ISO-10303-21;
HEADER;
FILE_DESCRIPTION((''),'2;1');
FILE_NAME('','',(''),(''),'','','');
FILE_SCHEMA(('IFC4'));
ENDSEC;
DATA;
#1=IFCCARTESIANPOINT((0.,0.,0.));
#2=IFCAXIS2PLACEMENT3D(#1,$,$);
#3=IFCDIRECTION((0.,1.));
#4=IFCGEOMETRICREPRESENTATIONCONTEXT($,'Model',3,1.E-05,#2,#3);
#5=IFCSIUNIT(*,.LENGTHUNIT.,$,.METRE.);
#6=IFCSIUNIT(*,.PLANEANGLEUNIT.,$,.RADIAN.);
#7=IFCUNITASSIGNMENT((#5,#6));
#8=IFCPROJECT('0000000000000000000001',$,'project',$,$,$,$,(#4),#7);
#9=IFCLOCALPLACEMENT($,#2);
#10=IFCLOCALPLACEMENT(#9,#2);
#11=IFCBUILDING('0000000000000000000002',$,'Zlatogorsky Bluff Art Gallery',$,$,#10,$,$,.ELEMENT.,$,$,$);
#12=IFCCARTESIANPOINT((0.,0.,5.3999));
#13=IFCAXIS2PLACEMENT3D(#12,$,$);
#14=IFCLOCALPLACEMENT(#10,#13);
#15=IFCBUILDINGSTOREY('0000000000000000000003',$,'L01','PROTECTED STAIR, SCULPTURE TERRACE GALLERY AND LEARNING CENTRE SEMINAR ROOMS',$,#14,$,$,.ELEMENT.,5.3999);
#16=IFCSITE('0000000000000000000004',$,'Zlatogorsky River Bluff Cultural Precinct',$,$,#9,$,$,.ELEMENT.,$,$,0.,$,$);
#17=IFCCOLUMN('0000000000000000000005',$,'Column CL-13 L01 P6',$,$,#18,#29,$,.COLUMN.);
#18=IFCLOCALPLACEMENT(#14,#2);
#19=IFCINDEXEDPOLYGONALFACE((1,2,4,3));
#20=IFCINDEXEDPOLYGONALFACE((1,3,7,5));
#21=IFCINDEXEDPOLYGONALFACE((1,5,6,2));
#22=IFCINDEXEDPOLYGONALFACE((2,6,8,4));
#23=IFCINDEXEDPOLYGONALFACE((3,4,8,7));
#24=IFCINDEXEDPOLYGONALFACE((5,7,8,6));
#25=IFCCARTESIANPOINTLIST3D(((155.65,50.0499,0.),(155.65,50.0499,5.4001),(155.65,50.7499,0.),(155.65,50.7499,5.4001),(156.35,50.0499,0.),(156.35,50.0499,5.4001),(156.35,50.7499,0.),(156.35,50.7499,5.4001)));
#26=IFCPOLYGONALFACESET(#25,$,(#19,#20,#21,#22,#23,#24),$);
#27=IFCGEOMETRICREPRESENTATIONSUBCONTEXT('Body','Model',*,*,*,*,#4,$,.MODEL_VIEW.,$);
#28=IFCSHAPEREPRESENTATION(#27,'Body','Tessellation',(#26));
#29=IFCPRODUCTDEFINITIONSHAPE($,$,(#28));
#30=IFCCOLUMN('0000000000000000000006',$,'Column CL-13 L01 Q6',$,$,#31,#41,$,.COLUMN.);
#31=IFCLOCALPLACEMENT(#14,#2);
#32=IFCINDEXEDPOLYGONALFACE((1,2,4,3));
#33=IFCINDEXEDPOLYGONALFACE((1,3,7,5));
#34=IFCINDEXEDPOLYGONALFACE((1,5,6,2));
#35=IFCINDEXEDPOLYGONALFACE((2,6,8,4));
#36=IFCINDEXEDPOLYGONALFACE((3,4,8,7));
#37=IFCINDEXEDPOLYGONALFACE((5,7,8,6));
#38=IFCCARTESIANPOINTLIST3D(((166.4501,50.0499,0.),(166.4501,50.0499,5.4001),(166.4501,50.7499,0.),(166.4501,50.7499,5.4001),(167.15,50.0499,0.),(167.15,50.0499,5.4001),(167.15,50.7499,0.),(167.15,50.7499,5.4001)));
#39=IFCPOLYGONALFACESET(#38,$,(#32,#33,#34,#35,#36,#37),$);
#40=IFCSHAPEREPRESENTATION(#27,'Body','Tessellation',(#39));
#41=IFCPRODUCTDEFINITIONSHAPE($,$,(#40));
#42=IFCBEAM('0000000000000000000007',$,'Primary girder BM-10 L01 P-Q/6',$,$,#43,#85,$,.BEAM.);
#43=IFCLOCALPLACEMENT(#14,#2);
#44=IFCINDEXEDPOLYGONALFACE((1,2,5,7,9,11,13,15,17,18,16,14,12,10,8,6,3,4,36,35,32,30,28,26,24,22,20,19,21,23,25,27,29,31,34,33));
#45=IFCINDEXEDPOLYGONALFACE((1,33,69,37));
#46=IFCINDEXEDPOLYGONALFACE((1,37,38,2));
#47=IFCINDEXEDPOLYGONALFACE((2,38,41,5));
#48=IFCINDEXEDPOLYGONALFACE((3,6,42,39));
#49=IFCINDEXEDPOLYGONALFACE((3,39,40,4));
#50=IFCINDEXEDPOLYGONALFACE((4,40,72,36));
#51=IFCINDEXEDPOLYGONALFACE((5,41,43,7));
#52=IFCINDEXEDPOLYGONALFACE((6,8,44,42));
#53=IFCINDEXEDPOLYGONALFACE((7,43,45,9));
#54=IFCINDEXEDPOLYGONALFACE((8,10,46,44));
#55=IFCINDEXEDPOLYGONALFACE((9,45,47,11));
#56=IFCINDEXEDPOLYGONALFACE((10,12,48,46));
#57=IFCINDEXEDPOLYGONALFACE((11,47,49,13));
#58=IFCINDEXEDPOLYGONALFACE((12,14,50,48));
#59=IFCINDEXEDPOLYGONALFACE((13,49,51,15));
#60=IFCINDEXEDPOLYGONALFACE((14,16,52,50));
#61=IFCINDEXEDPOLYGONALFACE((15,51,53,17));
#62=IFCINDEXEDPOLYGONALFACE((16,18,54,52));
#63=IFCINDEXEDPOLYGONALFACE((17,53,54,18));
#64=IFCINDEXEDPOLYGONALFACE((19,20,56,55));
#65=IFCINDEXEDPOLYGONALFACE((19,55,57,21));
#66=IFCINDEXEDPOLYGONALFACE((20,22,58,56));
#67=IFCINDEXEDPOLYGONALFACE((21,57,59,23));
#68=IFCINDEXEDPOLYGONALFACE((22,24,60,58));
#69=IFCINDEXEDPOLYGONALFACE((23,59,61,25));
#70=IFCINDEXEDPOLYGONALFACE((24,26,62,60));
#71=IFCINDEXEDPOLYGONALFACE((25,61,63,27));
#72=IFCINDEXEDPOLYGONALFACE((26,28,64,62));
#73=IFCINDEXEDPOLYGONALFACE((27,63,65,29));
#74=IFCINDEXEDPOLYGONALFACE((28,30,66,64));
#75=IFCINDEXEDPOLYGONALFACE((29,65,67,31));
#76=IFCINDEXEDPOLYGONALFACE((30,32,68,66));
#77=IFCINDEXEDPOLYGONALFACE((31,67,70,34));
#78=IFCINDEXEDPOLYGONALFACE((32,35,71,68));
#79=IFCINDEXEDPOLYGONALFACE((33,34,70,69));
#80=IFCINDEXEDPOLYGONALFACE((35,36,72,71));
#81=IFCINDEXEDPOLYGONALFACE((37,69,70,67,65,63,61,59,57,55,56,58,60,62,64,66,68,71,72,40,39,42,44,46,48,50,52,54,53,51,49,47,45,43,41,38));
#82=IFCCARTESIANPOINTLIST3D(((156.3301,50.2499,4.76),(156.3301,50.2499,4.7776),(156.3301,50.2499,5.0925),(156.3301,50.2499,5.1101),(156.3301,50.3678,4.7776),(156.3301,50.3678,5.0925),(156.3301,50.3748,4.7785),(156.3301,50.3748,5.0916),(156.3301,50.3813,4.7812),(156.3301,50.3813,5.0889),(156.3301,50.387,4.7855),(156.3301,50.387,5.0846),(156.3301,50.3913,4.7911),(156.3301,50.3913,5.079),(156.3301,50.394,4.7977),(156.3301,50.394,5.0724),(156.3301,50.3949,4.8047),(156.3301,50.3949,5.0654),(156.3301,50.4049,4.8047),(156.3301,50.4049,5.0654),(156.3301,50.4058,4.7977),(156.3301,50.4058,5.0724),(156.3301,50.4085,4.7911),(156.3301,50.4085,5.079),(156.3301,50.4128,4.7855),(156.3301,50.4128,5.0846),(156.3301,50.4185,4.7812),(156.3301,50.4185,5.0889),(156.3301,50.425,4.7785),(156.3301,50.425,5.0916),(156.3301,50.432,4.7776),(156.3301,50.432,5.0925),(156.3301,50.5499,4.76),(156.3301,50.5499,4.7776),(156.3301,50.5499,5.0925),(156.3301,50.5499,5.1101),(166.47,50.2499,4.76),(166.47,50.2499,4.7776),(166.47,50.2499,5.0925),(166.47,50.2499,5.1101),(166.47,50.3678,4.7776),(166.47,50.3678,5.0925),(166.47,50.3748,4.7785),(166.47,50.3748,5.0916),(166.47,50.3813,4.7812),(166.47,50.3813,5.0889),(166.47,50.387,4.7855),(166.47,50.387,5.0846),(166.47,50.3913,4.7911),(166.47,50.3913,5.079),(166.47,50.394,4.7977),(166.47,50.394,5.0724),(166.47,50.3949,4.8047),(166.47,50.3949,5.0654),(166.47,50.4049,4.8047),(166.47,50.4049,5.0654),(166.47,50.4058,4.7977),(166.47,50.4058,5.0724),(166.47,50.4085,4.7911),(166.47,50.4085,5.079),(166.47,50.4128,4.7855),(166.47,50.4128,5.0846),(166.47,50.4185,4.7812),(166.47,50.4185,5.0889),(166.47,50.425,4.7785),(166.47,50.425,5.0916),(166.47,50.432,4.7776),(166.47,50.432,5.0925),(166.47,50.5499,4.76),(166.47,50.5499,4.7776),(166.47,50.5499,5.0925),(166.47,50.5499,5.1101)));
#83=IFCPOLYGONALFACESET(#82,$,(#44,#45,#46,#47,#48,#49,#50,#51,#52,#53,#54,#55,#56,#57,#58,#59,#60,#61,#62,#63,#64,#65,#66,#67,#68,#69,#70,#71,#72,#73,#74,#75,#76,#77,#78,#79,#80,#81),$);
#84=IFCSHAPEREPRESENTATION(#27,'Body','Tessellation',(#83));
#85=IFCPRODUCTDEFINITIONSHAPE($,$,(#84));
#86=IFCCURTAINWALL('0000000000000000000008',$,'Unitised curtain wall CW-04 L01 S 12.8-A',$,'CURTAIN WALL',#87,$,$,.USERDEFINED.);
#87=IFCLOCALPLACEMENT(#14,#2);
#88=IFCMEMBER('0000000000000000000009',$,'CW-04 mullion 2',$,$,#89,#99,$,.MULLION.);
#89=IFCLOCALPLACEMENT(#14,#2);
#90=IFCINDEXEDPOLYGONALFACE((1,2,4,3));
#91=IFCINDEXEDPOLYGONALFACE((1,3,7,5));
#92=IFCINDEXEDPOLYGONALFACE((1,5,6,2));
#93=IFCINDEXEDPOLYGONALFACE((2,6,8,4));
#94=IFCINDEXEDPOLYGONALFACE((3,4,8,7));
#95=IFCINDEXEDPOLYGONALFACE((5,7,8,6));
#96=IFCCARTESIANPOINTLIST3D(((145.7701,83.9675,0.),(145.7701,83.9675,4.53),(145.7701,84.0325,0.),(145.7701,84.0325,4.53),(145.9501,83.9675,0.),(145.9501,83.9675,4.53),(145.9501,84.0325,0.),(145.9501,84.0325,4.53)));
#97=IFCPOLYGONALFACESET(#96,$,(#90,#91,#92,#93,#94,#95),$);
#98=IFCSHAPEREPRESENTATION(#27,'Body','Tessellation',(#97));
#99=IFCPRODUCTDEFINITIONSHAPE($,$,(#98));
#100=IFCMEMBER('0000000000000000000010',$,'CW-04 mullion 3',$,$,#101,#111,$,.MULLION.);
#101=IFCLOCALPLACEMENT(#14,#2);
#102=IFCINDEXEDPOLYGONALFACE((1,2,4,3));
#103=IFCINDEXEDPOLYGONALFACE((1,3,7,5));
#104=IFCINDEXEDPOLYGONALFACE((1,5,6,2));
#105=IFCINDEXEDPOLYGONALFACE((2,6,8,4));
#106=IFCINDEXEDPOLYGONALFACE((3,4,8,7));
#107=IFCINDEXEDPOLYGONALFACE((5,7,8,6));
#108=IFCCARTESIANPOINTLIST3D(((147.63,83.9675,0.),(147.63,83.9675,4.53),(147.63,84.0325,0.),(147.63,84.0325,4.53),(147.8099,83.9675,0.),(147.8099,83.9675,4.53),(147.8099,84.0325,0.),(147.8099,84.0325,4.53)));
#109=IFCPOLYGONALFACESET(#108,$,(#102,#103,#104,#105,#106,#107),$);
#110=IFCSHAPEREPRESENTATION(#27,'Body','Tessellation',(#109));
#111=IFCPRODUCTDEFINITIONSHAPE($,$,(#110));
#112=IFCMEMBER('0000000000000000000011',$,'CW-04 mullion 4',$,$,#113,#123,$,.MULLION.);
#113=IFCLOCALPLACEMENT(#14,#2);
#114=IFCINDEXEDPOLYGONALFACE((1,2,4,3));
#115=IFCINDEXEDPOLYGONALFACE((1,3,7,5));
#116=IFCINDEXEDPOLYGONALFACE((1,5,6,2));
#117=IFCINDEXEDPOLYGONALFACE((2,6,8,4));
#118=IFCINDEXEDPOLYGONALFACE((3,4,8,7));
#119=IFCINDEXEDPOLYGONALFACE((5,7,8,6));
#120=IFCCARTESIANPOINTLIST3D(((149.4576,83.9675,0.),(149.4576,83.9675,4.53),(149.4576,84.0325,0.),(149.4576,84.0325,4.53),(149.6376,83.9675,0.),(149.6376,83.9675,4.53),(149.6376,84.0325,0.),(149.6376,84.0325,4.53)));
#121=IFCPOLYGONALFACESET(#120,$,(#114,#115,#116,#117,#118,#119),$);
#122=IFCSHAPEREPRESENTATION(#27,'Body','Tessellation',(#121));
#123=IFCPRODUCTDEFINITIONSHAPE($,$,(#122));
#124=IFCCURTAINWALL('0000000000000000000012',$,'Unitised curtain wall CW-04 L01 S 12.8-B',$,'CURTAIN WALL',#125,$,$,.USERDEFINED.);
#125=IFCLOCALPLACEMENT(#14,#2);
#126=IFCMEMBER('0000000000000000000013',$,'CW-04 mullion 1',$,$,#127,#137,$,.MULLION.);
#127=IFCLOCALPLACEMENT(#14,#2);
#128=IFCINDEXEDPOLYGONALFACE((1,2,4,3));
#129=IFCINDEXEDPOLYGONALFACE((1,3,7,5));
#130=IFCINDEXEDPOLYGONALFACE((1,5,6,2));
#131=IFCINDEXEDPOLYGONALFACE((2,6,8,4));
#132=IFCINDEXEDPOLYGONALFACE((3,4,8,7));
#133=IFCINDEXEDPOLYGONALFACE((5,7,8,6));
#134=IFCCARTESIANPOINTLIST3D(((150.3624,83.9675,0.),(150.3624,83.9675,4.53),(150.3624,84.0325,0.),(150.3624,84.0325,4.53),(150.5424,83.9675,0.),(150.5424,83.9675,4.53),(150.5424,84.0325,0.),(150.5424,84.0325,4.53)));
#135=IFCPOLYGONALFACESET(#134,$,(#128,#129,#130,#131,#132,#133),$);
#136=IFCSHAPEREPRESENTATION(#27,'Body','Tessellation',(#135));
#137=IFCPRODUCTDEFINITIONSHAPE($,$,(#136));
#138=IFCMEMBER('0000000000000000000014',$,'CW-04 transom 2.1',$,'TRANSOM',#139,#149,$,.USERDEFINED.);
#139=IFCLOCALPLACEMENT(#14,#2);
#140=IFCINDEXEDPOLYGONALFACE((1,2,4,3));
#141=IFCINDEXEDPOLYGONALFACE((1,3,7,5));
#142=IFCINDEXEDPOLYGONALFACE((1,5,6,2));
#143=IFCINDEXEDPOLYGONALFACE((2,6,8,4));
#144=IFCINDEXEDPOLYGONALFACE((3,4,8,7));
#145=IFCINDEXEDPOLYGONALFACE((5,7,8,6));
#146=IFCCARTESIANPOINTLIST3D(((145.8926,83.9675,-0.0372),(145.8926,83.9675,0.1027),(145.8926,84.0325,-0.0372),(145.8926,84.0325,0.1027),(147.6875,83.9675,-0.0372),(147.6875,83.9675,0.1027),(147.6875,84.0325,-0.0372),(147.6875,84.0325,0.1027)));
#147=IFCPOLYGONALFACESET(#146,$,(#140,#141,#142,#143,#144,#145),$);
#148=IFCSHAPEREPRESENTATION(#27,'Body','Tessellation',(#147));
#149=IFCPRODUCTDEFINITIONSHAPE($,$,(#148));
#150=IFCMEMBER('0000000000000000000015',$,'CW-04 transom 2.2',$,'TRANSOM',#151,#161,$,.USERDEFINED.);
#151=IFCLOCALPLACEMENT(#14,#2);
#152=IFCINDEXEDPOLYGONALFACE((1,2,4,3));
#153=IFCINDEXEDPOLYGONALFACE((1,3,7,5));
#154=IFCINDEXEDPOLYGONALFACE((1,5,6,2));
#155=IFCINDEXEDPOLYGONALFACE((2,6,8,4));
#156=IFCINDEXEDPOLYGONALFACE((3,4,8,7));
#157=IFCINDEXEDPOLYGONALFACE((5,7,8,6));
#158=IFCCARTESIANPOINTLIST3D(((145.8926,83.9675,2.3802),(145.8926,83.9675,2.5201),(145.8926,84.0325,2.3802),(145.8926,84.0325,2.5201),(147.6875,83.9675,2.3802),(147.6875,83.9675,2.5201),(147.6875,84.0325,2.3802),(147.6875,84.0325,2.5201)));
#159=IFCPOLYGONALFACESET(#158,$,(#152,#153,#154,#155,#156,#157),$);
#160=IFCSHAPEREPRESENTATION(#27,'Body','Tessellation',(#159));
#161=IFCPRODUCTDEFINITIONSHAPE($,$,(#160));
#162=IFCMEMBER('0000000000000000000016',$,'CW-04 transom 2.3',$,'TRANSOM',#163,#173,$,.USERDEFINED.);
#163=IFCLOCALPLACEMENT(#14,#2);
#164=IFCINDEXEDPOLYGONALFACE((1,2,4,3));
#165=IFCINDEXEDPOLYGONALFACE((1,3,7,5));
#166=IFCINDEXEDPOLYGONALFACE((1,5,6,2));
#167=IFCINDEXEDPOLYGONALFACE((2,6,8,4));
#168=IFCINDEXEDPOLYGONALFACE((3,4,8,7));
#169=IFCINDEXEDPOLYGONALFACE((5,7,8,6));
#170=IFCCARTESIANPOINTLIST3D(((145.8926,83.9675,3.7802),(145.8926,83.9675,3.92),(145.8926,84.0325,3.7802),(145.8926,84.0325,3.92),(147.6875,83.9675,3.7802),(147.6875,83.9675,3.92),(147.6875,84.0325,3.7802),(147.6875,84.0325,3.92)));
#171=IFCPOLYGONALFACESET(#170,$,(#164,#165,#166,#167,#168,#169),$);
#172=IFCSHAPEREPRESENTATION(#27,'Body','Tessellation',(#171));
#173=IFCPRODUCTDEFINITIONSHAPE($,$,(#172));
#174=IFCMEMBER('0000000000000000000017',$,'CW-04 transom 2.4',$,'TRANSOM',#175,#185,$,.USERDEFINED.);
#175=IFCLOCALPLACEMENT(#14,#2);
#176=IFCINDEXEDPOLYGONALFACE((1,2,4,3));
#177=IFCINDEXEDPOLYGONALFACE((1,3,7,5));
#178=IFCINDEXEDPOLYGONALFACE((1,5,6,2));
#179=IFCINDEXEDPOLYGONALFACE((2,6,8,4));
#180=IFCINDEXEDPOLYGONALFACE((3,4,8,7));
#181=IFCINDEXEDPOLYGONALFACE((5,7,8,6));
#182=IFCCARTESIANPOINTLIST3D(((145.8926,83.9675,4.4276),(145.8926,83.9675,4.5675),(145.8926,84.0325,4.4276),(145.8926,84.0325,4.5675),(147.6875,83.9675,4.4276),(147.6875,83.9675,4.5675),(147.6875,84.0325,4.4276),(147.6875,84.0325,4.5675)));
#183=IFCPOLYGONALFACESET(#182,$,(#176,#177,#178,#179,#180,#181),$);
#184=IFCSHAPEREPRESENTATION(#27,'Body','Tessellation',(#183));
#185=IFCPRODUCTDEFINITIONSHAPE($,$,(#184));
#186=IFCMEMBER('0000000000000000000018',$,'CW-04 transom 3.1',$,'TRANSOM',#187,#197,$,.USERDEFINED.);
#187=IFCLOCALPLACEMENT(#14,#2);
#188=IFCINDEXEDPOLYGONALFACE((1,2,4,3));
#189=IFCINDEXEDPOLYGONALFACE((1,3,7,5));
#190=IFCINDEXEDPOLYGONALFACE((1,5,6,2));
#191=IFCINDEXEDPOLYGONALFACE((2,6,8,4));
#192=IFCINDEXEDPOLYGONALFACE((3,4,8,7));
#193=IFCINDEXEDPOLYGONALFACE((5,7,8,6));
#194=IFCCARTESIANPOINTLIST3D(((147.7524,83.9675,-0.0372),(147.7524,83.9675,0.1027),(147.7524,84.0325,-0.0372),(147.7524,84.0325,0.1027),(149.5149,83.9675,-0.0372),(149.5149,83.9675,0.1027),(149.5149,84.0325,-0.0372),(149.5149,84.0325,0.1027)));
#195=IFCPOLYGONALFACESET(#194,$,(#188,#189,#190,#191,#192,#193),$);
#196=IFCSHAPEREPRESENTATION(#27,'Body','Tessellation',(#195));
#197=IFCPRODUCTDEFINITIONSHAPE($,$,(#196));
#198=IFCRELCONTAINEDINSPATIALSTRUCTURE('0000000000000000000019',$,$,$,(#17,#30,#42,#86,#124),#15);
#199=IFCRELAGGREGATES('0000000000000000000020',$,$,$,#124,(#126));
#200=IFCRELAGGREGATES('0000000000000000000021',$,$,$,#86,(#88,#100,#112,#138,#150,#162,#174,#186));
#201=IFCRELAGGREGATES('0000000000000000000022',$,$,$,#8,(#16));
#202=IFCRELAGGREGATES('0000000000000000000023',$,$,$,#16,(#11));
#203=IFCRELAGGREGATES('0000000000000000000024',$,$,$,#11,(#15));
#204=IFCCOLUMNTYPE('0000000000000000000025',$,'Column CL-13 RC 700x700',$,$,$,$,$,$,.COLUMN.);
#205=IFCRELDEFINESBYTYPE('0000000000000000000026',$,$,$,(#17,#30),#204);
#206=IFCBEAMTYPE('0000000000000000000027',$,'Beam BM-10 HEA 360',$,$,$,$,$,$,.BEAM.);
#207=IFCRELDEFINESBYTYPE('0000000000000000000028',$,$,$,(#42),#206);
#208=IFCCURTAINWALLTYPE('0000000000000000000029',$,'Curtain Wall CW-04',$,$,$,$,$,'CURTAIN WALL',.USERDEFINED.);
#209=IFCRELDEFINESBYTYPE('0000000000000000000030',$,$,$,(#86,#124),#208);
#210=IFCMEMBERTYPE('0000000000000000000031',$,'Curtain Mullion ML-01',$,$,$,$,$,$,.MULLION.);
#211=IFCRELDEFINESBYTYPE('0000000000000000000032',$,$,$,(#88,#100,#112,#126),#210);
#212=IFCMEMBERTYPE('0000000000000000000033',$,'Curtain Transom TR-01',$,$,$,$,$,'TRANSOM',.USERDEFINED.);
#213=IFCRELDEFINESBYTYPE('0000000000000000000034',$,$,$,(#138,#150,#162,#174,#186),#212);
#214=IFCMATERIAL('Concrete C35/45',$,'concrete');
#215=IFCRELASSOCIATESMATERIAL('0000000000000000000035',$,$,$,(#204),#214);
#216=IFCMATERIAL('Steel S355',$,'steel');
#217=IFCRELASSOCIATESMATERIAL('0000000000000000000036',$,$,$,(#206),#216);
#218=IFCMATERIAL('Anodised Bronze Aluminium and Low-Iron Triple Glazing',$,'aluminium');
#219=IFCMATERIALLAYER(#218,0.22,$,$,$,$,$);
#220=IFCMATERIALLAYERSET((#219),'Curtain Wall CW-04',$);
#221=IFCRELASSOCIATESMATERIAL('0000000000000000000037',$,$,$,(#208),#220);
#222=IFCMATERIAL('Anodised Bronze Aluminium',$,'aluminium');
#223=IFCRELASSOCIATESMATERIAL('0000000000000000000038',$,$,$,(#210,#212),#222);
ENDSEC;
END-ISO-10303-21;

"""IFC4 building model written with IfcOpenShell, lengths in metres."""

from ifc_helpers import new_model, si_unit, direction, frame, origin, origin_2d, place, context, subcontext, project, spatial, rectangle, i_section, extrude, material, layer, layer_set, material_profile, profile_set, type_object, element, aggregate, save


model = new_model("IFC4")

# Units and contexts
model_context = context("Model", 3, precision=1e-05, world=origin(), true_north=direction((0.0, 1.0)))
body_context = subcontext(model_context, "Body", "Model", "MODEL_VIEW")
ifc_project = project(units=[si_unit("LENGTHUNIT", "METRE"), si_unit("PLANEANGLEUNIT", "RADIAN")], contexts=[model_context])

# Site, building, storey
site_placement = place(None, origin())
site = spatial("IfcSite", under=ifc_project, at=site_placement, Name="Zlatogorsky River Bluff Cultural Precinct", CompositionType="ELEMENT", RefElevation=0.0)
building_placement = place(site_placement, origin())
building = spatial("IfcBuilding", under=site, at=building_placement, Name="Zlatogorsky Bluff Art Gallery", CompositionType="ELEMENT")
storey_placement = place(building_placement, frame((0.0, 0.0, 5.3999)))
storey = spatial("IfcBuildingStorey", under=building, at=storey_placement, Name="L01", Description="PROTECTED STAIR, SCULPTURE TERRACE GALLERY AND LEARNING CENTRE SEMINAR ROOMS", CompositionType="ELEMENT", Elevation=5.3999)

# Columns
ifc_material_1 = material(Name="Concrete C35/45", Category="concrete")
ifc_material_profile_1 = material_profile(ifc_material_1, rectangle(XDim=0.7, YDim=0.7, at=origin_2d()), Name="RC 700x700")
ifc_profile_set_1 = profile_set([ifc_material_profile_1], Name="Concrete C35/45")
column_type = type_object("IfcColumnType", Name="Column CL-13 RC 700x700", PredefinedType="COLUMN", material=ifc_profile_set_1)
for number, where, z_axis, x_axis, name in (
    (1, (156.0, 50.3999, 0.0), (0.0, 0.0, 1.0), (1.0, 0.0, 0.0), "Column CL-13 L01 P6"),
    (2, (166.8, 50.3999, 0.0), (0.0, 0.0, 1.0), (1.0, 0.0, 0.0), "Column CL-13 L01 Q6"),
):
    element("IfcColumn", number, at=place(storey_placement, frame(where, z_axis=z_axis, x_axis=x_axis)), inside=storey, type_object=column_type, Name=name, PredefinedType="COLUMN", context=body_context, shape_type="SweptSolid", body=[
        extrude(rectangle(XDim=0.7, YDim=0.7, at=origin_2d()), origin(), (0.0, 0.0, 1.0), 5.4001),
    ])

# Beam
ifc_material_2 = material(Name="Steel S355", Category="steel")
ifc_material_profile_2 = material_profile(ifc_material_2, i_section(OverallWidth=0.3, OverallDepth=0.3501, WebThickness=0.01, FlangeThickness=0.0176, FilletRadius=0.0271, at=origin_2d()), Name="HEA 360")
ifc_profile_set_2 = profile_set([ifc_material_profile_2], Name="Steel S355")
beam_type = type_object("IfcBeamType", Name="Beam BM-10 HEA 360", PredefinedType="BEAM", material=ifc_profile_set_2)
beam_placement = place(storey_placement, frame((156.3301, 50.3999, 4.9351), z_axis=(1.0, 0.0, 0.0), x_axis=(0.0, 1.0, 0.0)))
element("IfcBeam", 3, at=beam_placement, inside=storey, type_object=beam_type, Name="Primary girder BM-10 L01 P-Q/6", PredefinedType="BEAM", context=body_context, shape_type="SweptSolid", body=[
    extrude(i_section(OverallWidth=0.3, OverallDepth=0.3501, WebThickness=0.01, FlangeThickness=0.0176, FilletRadius=0.0271, at=origin_2d()), origin(), (0.0, 0.0, 1.0), 10.1399),
])

# Curtain wall, members
ifc_material_3 = material(Name="Anodised Bronze Aluminium and Low-Iron Triple Glazing", Category="aluminium")
ifc_layer_1 = layer(ifc_material_3, 0.22)
ifc_layer_set_1 = layer_set([ifc_layer_1], Name="Curtain Wall CW-04")
curtain_wall_type = type_object("IfcCurtainWallType", Name="Curtain Wall CW-04", ElementType="CURTAIN WALL", PredefinedType="USERDEFINED", material=ifc_layer_set_1)
curtain_wall_1_placement = place(storey_placement, origin())
curtain_wall_1 = element("IfcCurtainWall", 4, at=curtain_wall_1_placement, inside=storey, type_object=curtain_wall_type, Name="Unitised curtain wall CW-04 L01 S 12.8-A", ObjectType="CURTAIN WALL", PredefinedType="USERDEFINED")
ifc_material_4 = material(Name="Anodised Bronze Aluminium", Category="aluminium")
ifc_material_profile_3 = material_profile(ifc_material_4, rectangle(XDim=0.0649, YDim=0.1799, at=origin_2d()), Name="ALU MULLION 65x180")
ifc_profile_set_3 = profile_set([ifc_material_profile_3], Name="Anodised Bronze Aluminium")
member_type_1 = type_object("IfcMemberType", Name="Curtain Mullion ML-01", PredefinedType="MULLION", material=ifc_profile_set_3)
member_1_placement = place(storey_placement, frame((145.8601, 84.0, 0.0), z_axis=(0.0, 0.0, 1.0), x_axis=(0.0, 1.0, 0.0)))
member_1 = element("IfcMember", 5, at=member_1_placement, type_object=member_type_1, Name="CW-04 mullion 2", PredefinedType="MULLION", context=body_context, shape_type="SweptSolid", body=[
    extrude(rectangle(XDim=0.0649, YDim=0.1799, at=origin_2d()), origin(), (0.0, 0.0, 1.0), 4.53),
])
member_2_placement = place(storey_placement, frame((147.72, 84.0, 0.0), z_axis=(0.0, 0.0, 1.0), x_axis=(0.0, 1.0, 0.0)))
member_2 = element("IfcMember", 6, at=member_2_placement, type_object=member_type_1, Name="CW-04 mullion 3", PredefinedType="MULLION", context=body_context, shape_type="SweptSolid", body=[
    extrude(rectangle(XDim=0.0649, YDim=0.1799, at=origin_2d()), origin(), (0.0, 0.0, 1.0), 4.53),
])
member_3_placement = place(storey_placement, frame((149.5476, 84.0, 0.0), z_axis=(0.0, 0.0, 1.0), x_axis=(0.0, 1.0, 0.0)))
member_3 = element("IfcMember", 7, at=member_3_placement, type_object=member_type_1, Name="CW-04 mullion 4", PredefinedType="MULLION", context=body_context, shape_type="SweptSolid", body=[
    extrude(rectangle(XDim=0.0649, YDim=0.1799, at=origin_2d()), origin(), (0.0, 0.0, 1.0), 4.53),
])

# Curtain wall, member
curtain_wall_2_placement = place(storey_placement, origin())
curtain_wall_2 = element("IfcCurtainWall", 8, at=curtain_wall_2_placement, inside=storey, type_object=curtain_wall_type, Name="Unitised curtain wall CW-04 L01 S 12.8-B", ObjectType="CURTAIN WALL", PredefinedType="USERDEFINED")
member_4_placement = place(storey_placement, frame((150.4524, 84.0, 0.0), z_axis=(0.0, 0.0, 1.0), x_axis=(0.0, 1.0, 0.0)))
member_4 = element("IfcMember", 9, at=member_4_placement, type_object=member_type_1, Name="CW-04 mullion 1", PredefinedType="MULLION", context=body_context, shape_type="SweptSolid", body=[
    extrude(rectangle(XDim=0.0649, YDim=0.1799, at=origin_2d()), origin(), (0.0, 0.0, 1.0), 4.53),
])

# Members
ifc_material_profile_4 = material_profile(ifc_material_4, rectangle(XDim=0.0649, YDim=0.1399, at=origin_2d()), Name="ALU TRANSOM 65x140")
ifc_profile_set_4 = profile_set([ifc_material_profile_4], Name="Anodised Bronze Aluminium")
member_type_2 = type_object("IfcMemberType", Name="Curtain Transom TR-01", ElementType="TRANSOM", PredefinedType="USERDEFINED", material=ifc_profile_set_4)
member_5_placement = place(storey_placement, frame((145.8926, 84.0, 0.0327), z_axis=(1.0, 0.0, 0.0), x_axis=(0.0, 1.0, 0.0)))
member_5 = element("IfcMember", 10, at=member_5_placement, type_object=member_type_2, Name="CW-04 transom 2.1", ObjectType="TRANSOM", PredefinedType="USERDEFINED", context=body_context, shape_type="SweptSolid", body=[
    extrude(rectangle(XDim=0.0649, YDim=0.1399, at=origin_2d()), origin(), (0.0, 0.0, 1.0), 1.7949),
])
member_6_placement = place(storey_placement, frame((145.8926, 84.0, 2.4502), z_axis=(1.0, 0.0, 0.0), x_axis=(0.0, 1.0, 0.0)))
member_6 = element("IfcMember", 11, at=member_6_placement, type_object=member_type_2, Name="CW-04 transom 2.2", ObjectType="TRANSOM", PredefinedType="USERDEFINED", context=body_context, shape_type="SweptSolid", body=[
    extrude(rectangle(XDim=0.0649, YDim=0.1399, at=origin_2d()), origin(), (0.0, 0.0, 1.0), 1.7949),
])
member_7_placement = place(storey_placement, frame((145.8926, 84.0, 3.8501), z_axis=(1.0, 0.0, 0.0), x_axis=(0.0, 1.0, 0.0)))
member_7 = element("IfcMember", 12, at=member_7_placement, type_object=member_type_2, Name="CW-04 transom 2.3", ObjectType="TRANSOM", PredefinedType="USERDEFINED", context=body_context, shape_type="SweptSolid", body=[
    extrude(rectangle(XDim=0.0649, YDim=0.1399, at=origin_2d()), origin(), (0.0, 0.0, 1.0), 1.7949),
])
member_8_placement = place(storey_placement, frame((145.8926, 84.0, 4.4976), z_axis=(1.0, 0.0, 0.0), x_axis=(0.0, 1.0, 0.0)))
member_8 = element("IfcMember", 13, at=member_8_placement, type_object=member_type_2, Name="CW-04 transom 2.4", ObjectType="TRANSOM", PredefinedType="USERDEFINED", context=body_context, shape_type="SweptSolid", body=[
    extrude(rectangle(XDim=0.0649, YDim=0.1399, at=origin_2d()), origin(), (0.0, 0.0, 1.0), 1.7949),
])
member_9_placement = place(storey_placement, frame((147.7524, 84.0, 0.0327), z_axis=(1.0, 0.0, 0.0), x_axis=(0.0, 1.0, 0.0)))
member_9 = element("IfcMember", 14, at=member_9_placement, type_object=member_type_2, Name="CW-04 transom 3.1", ObjectType="TRANSOM", PredefinedType="USERDEFINED", context=body_context, shape_type="SweptSolid", body=[
    extrude(rectangle(XDim=0.0649, YDim=0.1399, at=origin_2d()), origin(), (0.0, 0.0, 1.0), 1.7625),
])
aggregate(curtain_wall_2, [member_4])

aggregate(curtain_wall_1, [member_1, member_2, member_3, member_5, member_6, member_7, member_8, member_9])

save(model, "model.ifc")
